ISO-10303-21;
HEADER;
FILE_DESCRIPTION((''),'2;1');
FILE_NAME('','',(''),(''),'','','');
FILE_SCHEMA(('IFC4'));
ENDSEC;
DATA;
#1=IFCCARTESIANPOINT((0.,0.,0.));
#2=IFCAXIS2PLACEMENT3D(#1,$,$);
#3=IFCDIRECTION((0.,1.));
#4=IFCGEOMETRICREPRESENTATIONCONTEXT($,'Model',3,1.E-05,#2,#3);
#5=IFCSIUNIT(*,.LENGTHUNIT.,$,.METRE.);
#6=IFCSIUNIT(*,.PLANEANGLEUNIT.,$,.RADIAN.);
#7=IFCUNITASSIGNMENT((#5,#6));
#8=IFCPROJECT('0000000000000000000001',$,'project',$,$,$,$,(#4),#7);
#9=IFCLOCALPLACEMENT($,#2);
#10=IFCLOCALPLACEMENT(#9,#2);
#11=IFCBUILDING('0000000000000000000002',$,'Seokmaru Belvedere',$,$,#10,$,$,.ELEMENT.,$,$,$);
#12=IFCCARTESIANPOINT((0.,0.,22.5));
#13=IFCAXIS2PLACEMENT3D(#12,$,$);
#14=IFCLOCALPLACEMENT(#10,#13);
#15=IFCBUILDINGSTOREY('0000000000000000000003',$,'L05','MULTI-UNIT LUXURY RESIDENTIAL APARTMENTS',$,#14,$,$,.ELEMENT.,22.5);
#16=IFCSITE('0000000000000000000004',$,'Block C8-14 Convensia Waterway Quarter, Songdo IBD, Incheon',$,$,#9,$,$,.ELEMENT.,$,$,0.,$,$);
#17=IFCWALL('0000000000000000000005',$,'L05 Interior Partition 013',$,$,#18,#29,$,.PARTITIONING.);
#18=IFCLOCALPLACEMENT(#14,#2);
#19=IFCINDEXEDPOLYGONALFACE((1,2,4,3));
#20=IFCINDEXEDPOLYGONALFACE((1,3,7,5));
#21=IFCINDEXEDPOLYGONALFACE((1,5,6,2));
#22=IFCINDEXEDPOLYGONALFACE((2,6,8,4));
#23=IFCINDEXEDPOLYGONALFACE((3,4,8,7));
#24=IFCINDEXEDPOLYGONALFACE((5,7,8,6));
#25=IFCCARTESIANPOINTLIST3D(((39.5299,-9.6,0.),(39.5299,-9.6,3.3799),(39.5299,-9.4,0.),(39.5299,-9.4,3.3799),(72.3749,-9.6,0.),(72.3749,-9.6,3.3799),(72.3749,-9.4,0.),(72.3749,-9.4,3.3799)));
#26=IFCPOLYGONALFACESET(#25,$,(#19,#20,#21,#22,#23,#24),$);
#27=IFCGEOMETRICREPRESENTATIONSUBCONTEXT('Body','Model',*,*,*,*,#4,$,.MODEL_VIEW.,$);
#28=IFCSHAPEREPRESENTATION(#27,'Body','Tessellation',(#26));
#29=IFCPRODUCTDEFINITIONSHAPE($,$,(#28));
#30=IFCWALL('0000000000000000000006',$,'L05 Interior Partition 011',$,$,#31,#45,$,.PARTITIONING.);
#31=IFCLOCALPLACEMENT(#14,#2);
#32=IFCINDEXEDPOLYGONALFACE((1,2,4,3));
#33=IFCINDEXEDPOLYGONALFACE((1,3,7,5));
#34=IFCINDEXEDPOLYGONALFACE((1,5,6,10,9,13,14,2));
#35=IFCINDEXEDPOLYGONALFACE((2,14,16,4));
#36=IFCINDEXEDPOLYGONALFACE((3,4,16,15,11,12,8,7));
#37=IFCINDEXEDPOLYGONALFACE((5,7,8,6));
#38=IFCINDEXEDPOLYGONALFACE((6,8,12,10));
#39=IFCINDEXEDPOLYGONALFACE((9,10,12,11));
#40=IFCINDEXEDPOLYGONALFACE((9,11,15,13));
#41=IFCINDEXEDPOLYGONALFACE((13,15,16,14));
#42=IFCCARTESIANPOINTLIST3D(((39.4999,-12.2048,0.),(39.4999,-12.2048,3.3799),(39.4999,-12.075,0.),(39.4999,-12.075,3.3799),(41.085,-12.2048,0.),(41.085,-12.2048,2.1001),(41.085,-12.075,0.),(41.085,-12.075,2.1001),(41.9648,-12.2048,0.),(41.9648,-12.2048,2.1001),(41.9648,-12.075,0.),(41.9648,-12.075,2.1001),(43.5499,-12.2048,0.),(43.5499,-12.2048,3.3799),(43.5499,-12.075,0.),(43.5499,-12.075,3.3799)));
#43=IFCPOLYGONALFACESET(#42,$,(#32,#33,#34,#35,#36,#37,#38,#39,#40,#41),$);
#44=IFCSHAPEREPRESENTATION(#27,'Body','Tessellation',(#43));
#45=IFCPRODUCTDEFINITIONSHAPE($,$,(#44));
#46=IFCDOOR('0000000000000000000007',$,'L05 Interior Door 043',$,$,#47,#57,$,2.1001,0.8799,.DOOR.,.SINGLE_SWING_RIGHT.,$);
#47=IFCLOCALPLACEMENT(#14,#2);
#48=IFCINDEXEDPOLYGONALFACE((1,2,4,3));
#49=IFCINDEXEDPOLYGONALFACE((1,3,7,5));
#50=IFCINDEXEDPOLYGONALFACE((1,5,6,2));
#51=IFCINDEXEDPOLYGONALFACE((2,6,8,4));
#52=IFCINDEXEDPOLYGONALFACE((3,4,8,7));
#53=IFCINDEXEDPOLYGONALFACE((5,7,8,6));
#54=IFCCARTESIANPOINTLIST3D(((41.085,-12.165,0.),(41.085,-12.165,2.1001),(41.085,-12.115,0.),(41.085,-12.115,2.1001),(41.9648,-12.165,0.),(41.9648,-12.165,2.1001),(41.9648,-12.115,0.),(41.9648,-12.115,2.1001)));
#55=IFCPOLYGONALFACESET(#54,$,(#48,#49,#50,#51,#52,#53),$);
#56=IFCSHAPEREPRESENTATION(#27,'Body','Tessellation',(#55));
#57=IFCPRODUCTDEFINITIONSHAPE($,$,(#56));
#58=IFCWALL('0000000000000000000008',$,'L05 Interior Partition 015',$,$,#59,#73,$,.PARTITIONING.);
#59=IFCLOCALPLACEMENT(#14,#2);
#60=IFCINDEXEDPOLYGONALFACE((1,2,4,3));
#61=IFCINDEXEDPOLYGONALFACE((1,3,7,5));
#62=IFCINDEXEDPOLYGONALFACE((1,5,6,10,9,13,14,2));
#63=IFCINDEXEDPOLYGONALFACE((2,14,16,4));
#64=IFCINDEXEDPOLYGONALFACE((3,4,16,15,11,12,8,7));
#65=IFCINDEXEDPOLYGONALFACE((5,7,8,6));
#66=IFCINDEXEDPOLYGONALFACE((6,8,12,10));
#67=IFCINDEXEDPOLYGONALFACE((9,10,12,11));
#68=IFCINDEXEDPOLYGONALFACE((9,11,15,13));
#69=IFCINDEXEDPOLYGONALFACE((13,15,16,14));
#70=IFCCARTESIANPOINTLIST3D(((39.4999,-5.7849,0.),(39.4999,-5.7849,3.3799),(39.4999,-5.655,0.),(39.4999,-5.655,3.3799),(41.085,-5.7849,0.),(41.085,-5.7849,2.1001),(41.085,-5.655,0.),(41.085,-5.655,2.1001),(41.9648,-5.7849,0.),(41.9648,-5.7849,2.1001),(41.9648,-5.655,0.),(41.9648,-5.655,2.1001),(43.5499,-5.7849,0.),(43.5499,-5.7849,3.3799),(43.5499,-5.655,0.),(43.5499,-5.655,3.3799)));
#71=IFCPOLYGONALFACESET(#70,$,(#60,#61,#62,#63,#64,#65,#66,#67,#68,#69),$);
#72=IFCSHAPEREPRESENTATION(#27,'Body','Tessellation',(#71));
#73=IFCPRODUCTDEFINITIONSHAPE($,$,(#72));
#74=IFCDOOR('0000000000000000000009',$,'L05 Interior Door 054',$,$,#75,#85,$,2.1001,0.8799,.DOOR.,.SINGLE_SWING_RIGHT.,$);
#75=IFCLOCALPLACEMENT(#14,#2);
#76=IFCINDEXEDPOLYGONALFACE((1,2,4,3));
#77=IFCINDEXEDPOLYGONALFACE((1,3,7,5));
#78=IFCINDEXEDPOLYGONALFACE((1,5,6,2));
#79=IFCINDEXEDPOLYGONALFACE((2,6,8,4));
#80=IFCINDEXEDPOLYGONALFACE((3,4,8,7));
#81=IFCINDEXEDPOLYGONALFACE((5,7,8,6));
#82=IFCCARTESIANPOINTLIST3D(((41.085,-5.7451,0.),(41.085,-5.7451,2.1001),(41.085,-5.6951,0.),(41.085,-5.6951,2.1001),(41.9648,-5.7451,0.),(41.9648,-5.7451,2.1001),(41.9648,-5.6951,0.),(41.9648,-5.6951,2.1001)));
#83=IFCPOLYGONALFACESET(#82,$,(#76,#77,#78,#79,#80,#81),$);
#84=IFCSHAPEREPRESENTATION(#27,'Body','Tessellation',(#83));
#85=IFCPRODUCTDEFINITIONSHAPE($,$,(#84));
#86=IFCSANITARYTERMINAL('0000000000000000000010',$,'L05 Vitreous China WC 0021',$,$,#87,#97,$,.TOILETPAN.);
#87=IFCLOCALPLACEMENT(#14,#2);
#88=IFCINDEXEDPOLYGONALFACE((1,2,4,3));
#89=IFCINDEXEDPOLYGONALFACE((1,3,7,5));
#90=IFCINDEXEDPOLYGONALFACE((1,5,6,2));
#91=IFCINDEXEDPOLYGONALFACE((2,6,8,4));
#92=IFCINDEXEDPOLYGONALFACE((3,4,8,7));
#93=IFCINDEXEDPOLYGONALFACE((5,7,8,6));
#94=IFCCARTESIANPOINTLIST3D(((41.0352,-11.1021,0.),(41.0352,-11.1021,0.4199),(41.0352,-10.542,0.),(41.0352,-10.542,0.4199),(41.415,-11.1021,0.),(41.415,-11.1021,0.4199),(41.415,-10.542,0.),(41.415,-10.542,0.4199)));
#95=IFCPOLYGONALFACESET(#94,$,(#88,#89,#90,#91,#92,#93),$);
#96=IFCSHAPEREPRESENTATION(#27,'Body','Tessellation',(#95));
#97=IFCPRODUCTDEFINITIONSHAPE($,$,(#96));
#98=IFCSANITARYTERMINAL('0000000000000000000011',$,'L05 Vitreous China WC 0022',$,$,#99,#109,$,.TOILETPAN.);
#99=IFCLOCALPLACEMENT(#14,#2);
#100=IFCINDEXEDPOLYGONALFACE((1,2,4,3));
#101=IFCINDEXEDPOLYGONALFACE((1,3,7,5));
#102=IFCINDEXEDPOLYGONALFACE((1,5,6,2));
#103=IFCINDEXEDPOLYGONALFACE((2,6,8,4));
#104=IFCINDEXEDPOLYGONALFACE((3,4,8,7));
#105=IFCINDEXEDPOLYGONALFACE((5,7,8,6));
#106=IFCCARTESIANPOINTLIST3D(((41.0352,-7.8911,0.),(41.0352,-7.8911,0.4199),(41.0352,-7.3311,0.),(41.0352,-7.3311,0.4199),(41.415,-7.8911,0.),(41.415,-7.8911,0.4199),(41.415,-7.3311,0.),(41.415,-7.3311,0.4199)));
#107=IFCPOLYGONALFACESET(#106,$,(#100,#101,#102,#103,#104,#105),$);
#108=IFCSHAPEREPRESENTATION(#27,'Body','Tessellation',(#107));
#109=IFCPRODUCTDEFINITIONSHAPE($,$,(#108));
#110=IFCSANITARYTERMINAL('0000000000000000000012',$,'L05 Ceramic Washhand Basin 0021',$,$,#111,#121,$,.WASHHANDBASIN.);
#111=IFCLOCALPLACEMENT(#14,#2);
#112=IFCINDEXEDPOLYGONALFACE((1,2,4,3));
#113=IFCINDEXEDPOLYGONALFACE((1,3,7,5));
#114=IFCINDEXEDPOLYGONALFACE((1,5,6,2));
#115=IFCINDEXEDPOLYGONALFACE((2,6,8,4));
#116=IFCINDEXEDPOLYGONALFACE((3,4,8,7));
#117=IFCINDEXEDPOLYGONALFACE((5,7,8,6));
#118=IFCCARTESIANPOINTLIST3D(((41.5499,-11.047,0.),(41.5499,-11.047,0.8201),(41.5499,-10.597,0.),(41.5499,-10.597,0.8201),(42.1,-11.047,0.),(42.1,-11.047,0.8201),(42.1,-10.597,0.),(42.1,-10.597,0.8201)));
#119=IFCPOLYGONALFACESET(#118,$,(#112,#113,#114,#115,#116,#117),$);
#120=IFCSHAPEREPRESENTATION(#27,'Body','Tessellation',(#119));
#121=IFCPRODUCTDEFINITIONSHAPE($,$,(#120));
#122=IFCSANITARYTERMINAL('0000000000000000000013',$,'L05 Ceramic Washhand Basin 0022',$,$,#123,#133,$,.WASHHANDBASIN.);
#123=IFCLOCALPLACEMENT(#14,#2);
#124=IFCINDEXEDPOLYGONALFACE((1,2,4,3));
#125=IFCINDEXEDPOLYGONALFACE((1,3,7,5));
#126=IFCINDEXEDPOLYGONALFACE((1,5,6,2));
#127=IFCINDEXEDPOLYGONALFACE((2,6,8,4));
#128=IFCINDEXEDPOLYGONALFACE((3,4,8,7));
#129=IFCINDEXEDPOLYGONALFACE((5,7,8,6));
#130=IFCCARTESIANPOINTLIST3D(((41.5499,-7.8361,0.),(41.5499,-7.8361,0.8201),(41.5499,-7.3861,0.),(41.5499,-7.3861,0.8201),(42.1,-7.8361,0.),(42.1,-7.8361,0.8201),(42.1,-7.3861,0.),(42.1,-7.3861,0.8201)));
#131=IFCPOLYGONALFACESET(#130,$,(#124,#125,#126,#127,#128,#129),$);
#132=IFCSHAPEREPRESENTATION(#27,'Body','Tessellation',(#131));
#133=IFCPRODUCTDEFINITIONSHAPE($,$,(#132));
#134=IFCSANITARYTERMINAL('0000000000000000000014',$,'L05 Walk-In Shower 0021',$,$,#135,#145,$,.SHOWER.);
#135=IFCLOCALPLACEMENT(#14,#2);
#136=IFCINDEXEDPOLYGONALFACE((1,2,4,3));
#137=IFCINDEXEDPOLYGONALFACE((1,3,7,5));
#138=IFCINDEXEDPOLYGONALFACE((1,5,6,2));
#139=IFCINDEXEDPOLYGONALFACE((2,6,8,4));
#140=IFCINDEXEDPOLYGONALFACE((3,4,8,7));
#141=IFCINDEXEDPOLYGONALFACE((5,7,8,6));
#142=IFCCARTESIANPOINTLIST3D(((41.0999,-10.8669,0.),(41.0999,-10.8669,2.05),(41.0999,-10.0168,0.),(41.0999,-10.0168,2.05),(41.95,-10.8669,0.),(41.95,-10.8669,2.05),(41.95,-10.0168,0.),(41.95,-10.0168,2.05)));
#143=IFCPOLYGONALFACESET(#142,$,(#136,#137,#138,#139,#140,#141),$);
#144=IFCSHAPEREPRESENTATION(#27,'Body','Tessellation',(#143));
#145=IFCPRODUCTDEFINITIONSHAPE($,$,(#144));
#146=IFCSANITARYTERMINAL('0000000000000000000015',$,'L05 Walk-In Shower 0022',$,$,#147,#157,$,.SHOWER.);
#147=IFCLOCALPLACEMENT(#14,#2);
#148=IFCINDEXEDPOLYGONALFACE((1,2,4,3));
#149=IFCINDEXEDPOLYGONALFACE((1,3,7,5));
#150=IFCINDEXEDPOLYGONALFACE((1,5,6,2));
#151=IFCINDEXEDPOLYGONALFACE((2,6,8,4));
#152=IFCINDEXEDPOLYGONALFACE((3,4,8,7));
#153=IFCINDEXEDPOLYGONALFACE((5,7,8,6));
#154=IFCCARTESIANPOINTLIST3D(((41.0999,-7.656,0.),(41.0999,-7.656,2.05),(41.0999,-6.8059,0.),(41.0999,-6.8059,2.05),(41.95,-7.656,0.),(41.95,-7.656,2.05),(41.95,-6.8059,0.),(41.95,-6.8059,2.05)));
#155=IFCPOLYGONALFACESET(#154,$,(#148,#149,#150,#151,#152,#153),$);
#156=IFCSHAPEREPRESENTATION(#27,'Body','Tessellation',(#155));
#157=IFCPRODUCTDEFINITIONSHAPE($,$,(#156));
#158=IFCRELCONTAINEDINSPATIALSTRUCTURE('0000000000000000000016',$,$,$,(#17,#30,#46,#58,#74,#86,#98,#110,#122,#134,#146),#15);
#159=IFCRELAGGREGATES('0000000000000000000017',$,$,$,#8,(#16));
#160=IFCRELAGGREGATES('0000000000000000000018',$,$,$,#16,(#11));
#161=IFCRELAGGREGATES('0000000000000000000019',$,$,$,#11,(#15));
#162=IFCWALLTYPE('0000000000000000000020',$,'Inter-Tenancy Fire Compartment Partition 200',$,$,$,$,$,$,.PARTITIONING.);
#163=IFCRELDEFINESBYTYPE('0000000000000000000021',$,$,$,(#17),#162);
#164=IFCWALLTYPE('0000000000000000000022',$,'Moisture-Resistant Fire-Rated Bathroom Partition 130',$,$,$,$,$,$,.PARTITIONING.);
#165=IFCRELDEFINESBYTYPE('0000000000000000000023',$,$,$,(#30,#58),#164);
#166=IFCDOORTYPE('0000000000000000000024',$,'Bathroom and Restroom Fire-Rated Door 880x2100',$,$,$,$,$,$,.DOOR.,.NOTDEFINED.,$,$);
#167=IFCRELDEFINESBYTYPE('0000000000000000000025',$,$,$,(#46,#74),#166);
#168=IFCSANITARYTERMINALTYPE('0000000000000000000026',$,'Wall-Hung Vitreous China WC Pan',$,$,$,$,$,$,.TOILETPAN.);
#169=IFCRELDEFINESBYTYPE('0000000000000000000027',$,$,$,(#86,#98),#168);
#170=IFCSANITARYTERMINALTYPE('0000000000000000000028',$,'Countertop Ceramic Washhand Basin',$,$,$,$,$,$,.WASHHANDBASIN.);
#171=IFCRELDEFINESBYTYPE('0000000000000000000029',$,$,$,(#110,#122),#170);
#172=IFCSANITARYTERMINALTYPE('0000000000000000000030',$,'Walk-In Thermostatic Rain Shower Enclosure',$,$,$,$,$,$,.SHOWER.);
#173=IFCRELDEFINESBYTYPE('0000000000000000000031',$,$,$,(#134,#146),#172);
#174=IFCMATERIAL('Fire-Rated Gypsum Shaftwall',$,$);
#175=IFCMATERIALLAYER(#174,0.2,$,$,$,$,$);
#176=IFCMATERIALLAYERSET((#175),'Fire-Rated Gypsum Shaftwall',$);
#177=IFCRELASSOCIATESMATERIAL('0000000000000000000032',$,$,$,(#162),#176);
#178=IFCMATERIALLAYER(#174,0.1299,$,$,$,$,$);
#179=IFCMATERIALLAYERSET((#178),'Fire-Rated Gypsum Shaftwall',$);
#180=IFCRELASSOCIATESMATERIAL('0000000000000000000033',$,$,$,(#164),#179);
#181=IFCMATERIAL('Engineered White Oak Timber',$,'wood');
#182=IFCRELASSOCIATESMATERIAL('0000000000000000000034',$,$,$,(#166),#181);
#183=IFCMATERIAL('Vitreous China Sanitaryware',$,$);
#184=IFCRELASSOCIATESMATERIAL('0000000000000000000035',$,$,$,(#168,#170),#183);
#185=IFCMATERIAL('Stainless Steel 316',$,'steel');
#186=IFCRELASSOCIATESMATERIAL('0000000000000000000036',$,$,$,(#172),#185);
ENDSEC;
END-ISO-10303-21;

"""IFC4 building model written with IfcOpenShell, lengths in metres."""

from ifc_helpers import new_model, si_unit, direction, frame, frame_2d, origin, origin_2d, place, context, subcontext, project, spatial, rectangle, extrude, source, transform, mapped, material, layer, layer_set, type_object, type_shapes, element, fill, save


model = new_model("IFC4")

# Units and contexts
model_context = context("Model", 3, precision=1e-05, world=origin(), true_north=direction((0.0, 1.0)))
body_context = subcontext(model_context, "Body", "Model", "MODEL_VIEW")
ifc_project = project(units=[si_unit("LENGTHUNIT", "METRE"), si_unit("PLANEANGLEUNIT", "RADIAN")], contexts=[model_context])

# Site, building, storey
site_placement = place(None, origin())
site = spatial("IfcSite", under=ifc_project, at=site_placement, Name="Block C8-14 Convensia Waterway Quarter, Songdo IBD, Incheon", CompositionType="ELEMENT", RefElevation=0.0)
building_placement = place(site_placement, origin())
building = spatial("IfcBuilding", under=site, at=building_placement, Name="Seokmaru Belvedere", CompositionType="ELEMENT")
storey_placement = place(building_placement, frame((0.0, 0.0, 22.5)))
storey = spatial("IfcBuildingStorey", under=building, at=storey_placement, Name="L05", Description="MULTI-UNIT LUXURY RESIDENTIAL APARTMENTS", CompositionType="ELEMENT", Elevation=22.5)

# Shared definitions
ifc_material_1 = material(Name="Fire-Rated Gypsum Shaftwall")
ifc_material_2 = material(Name="Engineered White Oak Timber", Category="wood")

# Wall
ifc_layer_1 = layer(ifc_material_1, 0.2)
ifc_layer_set_1 = layer_set([ifc_layer_1], Name="Fire-Rated Gypsum Shaftwall")
wall_type_1 = type_object("IfcWallType", Name="Inter-Tenancy Fire Compartment Partition 200", PredefinedType="PARTITIONING", material=ifc_layer_set_1)
wall_1_placement = place(storey_placement, frame((39.53, -9.5, 0.0), z_axis=(0.0, 0.0, 1.0), x_axis=(1.0, 0.0, 0.0)))
element("IfcWall", 1, at=wall_1_placement, inside=storey, type_object=wall_type_1, Name="L05 Interior Partition 013", PredefinedType="PARTITIONING", context=body_context, shape_type="SweptSolid", body=[
    extrude(rectangle(XDim=32.845, YDim=0.2, at=frame_2d((16.4224, 0.0))), origin(), (0.0, 0.0, 1.0), 3.3799),
])

# Walls, openings, doors
ifc_layer_2 = layer(ifc_material_1, 0.1299)
ifc_layer_set_2 = layer_set([ifc_layer_2], Name="Fire-Rated Gypsum Shaftwall")
wall_type_2 = type_object("IfcWallType", Name="Moisture-Resistant Fire-Rated Bathroom Partition 130", PredefinedType="PARTITIONING", material=ifc_layer_set_2)
wall_2_placement = place(storey_placement, frame((39.5, -12.1399, 0.0), z_axis=(0.0, 0.0, 1.0), x_axis=(1.0, 0.0, 0.0)))
wall_2 = element("IfcWall", 2, at=wall_2_placement, inside=storey, type_object=wall_type_2, Name="L05 Interior Partition 011", PredefinedType="PARTITIONING", context=body_context, shape_type="SweptSolid", body=[
    extrude(rectangle(XDim=4.05, YDim=0.1299, at=frame_2d((2.0249, 0.0))), origin(), (0.0, 0.0, 1.0), 3.3799),
])
opening_1_placement = place(wall_2_placement, frame((1.585, 0.0, 0.0)))
opening_1 = element("IfcOpeningElement", 3, at=opening_1_placement, cuts=wall_2, PredefinedType="OPENING", context=body_context, shape_type="SweptSolid", body=[
    extrude(rectangle(XDim=0.8799, YDim=2.1001, at=frame_2d((0.4399, 1.05))), frame((0.0, 0.075, 0.0), z_axis=(0.0, -1.0, 0.0), x_axis=(1.0, 0.0, 0.0)), (0.0, 0.0, 1.0), 0.1499),
])
door_type_1 = type_object("IfcDoorType", Name="Bathroom and Restroom Fire-Rated Door 880x2100", OperationType="NOTDEFINED", PredefinedType="DOOR", material=ifc_material_2)
shared_shape_1 = source(origin(), body_context, "Body", "SweptSolid", [
    extrude(rectangle(XDim=0.8799, YDim=2.1001, at=frame_2d((0.4399, 1.05))), frame((0.0, 0.0249, 0.0), z_axis=(0.0, -1.0, 0.0), x_axis=(1.0, 0.0, 0.0)), (0.0, 0.0, 1.0), 0.05),
])
type_shapes(door_type_1, [shared_shape_1])
door_1_placement = place(opening_1_placement, origin())
door_1 = element("IfcDoor", 4, at=door_1_placement, inside=storey, type_object=door_type_1, Name="L05 Interior Door 043", OperationType="SINGLE_SWING_RIGHT", OverallHeight=2.1001, OverallWidth=0.8799, PredefinedType="DOOR", context=body_context, shape_type="MappedRepresentation", body=[
    mapped(shared_shape_1, transform((0.0, 0.0, 0.0), scale=1.0)),
])
fill(opening_1, door_1)
wall_3_placement = place(storey_placement, frame((39.5, -5.72, 0.0), z_axis=(0.0, 0.0, 1.0), x_axis=(1.0, 0.0, 0.0)))
wall_3 = element("IfcWall", 5, at=wall_3_placement, inside=storey, type_object=wall_type_2, Name="L05 Interior Partition 015", PredefinedType="PARTITIONING", context=body_context, shape_type="SweptSolid", body=[
    extrude(rectangle(XDim=4.05, YDim=0.1299, at=frame_2d((2.0249, 0.0))), origin(), (0.0, 0.0, 1.0), 3.3799),
])
opening_2_placement = place(wall_3_placement, frame((1.585, 0.0, 0.0)))
opening_2 = element("IfcOpeningElement", 6, at=opening_2_placement, cuts=wall_3, PredefinedType="OPENING", context=body_context, shape_type="SweptSolid", body=[
    extrude(rectangle(XDim=0.8799, YDim=2.1001, at=frame_2d((0.4399, 1.05))), frame((0.0, 0.075, 0.0), z_axis=(0.0, -1.0, 0.0), x_axis=(1.0, 0.0, 0.0)), (0.0, 0.0, 1.0), 0.1499),
])
door_2_placement = place(opening_2_placement, origin())
door_2 = element("IfcDoor", 7, at=door_2_placement, inside=storey, type_object=door_type_1, Name="L05 Interior Door 054", OperationType="SINGLE_SWING_RIGHT", OverallHeight=2.1001, OverallWidth=0.8799, PredefinedType="DOOR", context=body_context, shape_type="MappedRepresentation", body=[
    mapped(shared_shape_1, transform((0.0, 0.0, 0.0), scale=1.0)),
])
fill(opening_2, door_2)

# Sanitary terminals
ifc_material_3 = material(Name="Vitreous China Sanitaryware")
sanitary_terminal_type_1 = type_object("IfcSanitaryTerminalType", Name="Wall-Hung Vitreous China WC Pan", PredefinedType="TOILETPAN", material=ifc_material_3)
shared_shape_2 = source(origin(), body_context, "Body", "SweptSolid", [
    extrude(rectangle(XDim=0.3799, YDim=0.5601, at=origin_2d()), origin(), (0.0, 0.0, 1.0), 0.4199),
])
type_shapes(sanitary_terminal_type_1, [shared_shape_2])
for number, where, z_axis, x_axis, name in (
    (8, (41.2251, -10.822, 0.0), (0.0, 0.0, 1.0), (1.0, 0.0, 0.0), "L05 Vitreous China WC 0021"),
    (9, (41.2251, -7.6111, 0.0), (0.0, 0.0, 1.0), (1.0, 0.0, 0.0), "L05 Vitreous China WC 0022"),
):
    element("IfcSanitaryTerminal", number, at=place(storey_placement, frame(where, z_axis=z_axis, x_axis=x_axis)), inside=storey, type_object=sanitary_terminal_type_1, Name=name, PredefinedType="TOILETPAN", context=body_context, shape_type="MappedRepresentation", body=[
        mapped(shared_shape_2, transform((0.0, 0.0, 0.0), scale=1.0)),
    ])
sanitary_terminal_type_2 = type_object("IfcSanitaryTerminalType", Name="Countertop Ceramic Washhand Basin", PredefinedType="WASHHANDBASIN", material=ifc_material_3)
shared_shape_3 = source(origin(), body_context, "Body", "SweptSolid", [
    extrude(rectangle(XDim=0.55, YDim=0.45, at=origin_2d()), origin(), (0.0, 0.0, 1.0), 0.8201),
])
type_shapes(sanitary_terminal_type_2, [shared_shape_3])
for number, where, z_axis, x_axis, name in (
    (10, (41.825, -10.822, 0.0), (0.0, 0.0, 1.0), (1.0, 0.0, 0.0), "L05 Ceramic Washhand Basin 0021"),
    (11, (41.825, -7.6111, 0.0), (0.0, 0.0, 1.0), (1.0, 0.0, 0.0), "L05 Ceramic Washhand Basin 0022"),
):
    element("IfcSanitaryTerminal", number, at=place(storey_placement, frame(where, z_axis=z_axis, x_axis=x_axis)), inside=storey, type_object=sanitary_terminal_type_2, Name=name, PredefinedType="WASHHANDBASIN", context=body_context, shape_type="MappedRepresentation", body=[
        mapped(shared_shape_3, transform((0.0, 0.0, 0.0), scale=1.0)),
    ])
ifc_material_4 = material(Name="Stainless Steel 316", Category="steel")
sanitary_terminal_type_3 = type_object("IfcSanitaryTerminalType", Name="Walk-In Thermostatic Rain Shower Enclosure", PredefinedType="SHOWER", material=ifc_material_4)
shared_shape_4 = source(origin(), body_context, "Body", "SweptSolid", [
    extrude(rectangle(XDim=0.8501, YDim=0.8501, at=origin_2d()), origin(), (0.0, 0.0, 1.0), 2.05),
])
type_shapes(sanitary_terminal_type_3, [shared_shape_4])
for number, where, z_axis, x_axis, name in (
    (12, (41.5249, -10.4419, 0.0), (0.0, 0.0, 1.0), (1.0, 0.0, 0.0), "L05 Walk-In Shower 0021"),
    (13, (41.5249, -7.231, 0.0), (0.0, 0.0, 1.0), (1.0, 0.0, 0.0), "L05 Walk-In Shower 0022"),
):
    element("IfcSanitaryTerminal", number, at=place(storey_placement, frame(where, z_axis=z_axis, x_axis=x_axis)), inside=storey, type_object=sanitary_terminal_type_3, Name=name, PredefinedType="SHOWER", context=body_context, shape_type="MappedRepresentation", body=[
        mapped(shared_shape_4, transform((0.0, 0.0, 0.0), scale=1.0)),
    ])

save(model, "model.ifc")
